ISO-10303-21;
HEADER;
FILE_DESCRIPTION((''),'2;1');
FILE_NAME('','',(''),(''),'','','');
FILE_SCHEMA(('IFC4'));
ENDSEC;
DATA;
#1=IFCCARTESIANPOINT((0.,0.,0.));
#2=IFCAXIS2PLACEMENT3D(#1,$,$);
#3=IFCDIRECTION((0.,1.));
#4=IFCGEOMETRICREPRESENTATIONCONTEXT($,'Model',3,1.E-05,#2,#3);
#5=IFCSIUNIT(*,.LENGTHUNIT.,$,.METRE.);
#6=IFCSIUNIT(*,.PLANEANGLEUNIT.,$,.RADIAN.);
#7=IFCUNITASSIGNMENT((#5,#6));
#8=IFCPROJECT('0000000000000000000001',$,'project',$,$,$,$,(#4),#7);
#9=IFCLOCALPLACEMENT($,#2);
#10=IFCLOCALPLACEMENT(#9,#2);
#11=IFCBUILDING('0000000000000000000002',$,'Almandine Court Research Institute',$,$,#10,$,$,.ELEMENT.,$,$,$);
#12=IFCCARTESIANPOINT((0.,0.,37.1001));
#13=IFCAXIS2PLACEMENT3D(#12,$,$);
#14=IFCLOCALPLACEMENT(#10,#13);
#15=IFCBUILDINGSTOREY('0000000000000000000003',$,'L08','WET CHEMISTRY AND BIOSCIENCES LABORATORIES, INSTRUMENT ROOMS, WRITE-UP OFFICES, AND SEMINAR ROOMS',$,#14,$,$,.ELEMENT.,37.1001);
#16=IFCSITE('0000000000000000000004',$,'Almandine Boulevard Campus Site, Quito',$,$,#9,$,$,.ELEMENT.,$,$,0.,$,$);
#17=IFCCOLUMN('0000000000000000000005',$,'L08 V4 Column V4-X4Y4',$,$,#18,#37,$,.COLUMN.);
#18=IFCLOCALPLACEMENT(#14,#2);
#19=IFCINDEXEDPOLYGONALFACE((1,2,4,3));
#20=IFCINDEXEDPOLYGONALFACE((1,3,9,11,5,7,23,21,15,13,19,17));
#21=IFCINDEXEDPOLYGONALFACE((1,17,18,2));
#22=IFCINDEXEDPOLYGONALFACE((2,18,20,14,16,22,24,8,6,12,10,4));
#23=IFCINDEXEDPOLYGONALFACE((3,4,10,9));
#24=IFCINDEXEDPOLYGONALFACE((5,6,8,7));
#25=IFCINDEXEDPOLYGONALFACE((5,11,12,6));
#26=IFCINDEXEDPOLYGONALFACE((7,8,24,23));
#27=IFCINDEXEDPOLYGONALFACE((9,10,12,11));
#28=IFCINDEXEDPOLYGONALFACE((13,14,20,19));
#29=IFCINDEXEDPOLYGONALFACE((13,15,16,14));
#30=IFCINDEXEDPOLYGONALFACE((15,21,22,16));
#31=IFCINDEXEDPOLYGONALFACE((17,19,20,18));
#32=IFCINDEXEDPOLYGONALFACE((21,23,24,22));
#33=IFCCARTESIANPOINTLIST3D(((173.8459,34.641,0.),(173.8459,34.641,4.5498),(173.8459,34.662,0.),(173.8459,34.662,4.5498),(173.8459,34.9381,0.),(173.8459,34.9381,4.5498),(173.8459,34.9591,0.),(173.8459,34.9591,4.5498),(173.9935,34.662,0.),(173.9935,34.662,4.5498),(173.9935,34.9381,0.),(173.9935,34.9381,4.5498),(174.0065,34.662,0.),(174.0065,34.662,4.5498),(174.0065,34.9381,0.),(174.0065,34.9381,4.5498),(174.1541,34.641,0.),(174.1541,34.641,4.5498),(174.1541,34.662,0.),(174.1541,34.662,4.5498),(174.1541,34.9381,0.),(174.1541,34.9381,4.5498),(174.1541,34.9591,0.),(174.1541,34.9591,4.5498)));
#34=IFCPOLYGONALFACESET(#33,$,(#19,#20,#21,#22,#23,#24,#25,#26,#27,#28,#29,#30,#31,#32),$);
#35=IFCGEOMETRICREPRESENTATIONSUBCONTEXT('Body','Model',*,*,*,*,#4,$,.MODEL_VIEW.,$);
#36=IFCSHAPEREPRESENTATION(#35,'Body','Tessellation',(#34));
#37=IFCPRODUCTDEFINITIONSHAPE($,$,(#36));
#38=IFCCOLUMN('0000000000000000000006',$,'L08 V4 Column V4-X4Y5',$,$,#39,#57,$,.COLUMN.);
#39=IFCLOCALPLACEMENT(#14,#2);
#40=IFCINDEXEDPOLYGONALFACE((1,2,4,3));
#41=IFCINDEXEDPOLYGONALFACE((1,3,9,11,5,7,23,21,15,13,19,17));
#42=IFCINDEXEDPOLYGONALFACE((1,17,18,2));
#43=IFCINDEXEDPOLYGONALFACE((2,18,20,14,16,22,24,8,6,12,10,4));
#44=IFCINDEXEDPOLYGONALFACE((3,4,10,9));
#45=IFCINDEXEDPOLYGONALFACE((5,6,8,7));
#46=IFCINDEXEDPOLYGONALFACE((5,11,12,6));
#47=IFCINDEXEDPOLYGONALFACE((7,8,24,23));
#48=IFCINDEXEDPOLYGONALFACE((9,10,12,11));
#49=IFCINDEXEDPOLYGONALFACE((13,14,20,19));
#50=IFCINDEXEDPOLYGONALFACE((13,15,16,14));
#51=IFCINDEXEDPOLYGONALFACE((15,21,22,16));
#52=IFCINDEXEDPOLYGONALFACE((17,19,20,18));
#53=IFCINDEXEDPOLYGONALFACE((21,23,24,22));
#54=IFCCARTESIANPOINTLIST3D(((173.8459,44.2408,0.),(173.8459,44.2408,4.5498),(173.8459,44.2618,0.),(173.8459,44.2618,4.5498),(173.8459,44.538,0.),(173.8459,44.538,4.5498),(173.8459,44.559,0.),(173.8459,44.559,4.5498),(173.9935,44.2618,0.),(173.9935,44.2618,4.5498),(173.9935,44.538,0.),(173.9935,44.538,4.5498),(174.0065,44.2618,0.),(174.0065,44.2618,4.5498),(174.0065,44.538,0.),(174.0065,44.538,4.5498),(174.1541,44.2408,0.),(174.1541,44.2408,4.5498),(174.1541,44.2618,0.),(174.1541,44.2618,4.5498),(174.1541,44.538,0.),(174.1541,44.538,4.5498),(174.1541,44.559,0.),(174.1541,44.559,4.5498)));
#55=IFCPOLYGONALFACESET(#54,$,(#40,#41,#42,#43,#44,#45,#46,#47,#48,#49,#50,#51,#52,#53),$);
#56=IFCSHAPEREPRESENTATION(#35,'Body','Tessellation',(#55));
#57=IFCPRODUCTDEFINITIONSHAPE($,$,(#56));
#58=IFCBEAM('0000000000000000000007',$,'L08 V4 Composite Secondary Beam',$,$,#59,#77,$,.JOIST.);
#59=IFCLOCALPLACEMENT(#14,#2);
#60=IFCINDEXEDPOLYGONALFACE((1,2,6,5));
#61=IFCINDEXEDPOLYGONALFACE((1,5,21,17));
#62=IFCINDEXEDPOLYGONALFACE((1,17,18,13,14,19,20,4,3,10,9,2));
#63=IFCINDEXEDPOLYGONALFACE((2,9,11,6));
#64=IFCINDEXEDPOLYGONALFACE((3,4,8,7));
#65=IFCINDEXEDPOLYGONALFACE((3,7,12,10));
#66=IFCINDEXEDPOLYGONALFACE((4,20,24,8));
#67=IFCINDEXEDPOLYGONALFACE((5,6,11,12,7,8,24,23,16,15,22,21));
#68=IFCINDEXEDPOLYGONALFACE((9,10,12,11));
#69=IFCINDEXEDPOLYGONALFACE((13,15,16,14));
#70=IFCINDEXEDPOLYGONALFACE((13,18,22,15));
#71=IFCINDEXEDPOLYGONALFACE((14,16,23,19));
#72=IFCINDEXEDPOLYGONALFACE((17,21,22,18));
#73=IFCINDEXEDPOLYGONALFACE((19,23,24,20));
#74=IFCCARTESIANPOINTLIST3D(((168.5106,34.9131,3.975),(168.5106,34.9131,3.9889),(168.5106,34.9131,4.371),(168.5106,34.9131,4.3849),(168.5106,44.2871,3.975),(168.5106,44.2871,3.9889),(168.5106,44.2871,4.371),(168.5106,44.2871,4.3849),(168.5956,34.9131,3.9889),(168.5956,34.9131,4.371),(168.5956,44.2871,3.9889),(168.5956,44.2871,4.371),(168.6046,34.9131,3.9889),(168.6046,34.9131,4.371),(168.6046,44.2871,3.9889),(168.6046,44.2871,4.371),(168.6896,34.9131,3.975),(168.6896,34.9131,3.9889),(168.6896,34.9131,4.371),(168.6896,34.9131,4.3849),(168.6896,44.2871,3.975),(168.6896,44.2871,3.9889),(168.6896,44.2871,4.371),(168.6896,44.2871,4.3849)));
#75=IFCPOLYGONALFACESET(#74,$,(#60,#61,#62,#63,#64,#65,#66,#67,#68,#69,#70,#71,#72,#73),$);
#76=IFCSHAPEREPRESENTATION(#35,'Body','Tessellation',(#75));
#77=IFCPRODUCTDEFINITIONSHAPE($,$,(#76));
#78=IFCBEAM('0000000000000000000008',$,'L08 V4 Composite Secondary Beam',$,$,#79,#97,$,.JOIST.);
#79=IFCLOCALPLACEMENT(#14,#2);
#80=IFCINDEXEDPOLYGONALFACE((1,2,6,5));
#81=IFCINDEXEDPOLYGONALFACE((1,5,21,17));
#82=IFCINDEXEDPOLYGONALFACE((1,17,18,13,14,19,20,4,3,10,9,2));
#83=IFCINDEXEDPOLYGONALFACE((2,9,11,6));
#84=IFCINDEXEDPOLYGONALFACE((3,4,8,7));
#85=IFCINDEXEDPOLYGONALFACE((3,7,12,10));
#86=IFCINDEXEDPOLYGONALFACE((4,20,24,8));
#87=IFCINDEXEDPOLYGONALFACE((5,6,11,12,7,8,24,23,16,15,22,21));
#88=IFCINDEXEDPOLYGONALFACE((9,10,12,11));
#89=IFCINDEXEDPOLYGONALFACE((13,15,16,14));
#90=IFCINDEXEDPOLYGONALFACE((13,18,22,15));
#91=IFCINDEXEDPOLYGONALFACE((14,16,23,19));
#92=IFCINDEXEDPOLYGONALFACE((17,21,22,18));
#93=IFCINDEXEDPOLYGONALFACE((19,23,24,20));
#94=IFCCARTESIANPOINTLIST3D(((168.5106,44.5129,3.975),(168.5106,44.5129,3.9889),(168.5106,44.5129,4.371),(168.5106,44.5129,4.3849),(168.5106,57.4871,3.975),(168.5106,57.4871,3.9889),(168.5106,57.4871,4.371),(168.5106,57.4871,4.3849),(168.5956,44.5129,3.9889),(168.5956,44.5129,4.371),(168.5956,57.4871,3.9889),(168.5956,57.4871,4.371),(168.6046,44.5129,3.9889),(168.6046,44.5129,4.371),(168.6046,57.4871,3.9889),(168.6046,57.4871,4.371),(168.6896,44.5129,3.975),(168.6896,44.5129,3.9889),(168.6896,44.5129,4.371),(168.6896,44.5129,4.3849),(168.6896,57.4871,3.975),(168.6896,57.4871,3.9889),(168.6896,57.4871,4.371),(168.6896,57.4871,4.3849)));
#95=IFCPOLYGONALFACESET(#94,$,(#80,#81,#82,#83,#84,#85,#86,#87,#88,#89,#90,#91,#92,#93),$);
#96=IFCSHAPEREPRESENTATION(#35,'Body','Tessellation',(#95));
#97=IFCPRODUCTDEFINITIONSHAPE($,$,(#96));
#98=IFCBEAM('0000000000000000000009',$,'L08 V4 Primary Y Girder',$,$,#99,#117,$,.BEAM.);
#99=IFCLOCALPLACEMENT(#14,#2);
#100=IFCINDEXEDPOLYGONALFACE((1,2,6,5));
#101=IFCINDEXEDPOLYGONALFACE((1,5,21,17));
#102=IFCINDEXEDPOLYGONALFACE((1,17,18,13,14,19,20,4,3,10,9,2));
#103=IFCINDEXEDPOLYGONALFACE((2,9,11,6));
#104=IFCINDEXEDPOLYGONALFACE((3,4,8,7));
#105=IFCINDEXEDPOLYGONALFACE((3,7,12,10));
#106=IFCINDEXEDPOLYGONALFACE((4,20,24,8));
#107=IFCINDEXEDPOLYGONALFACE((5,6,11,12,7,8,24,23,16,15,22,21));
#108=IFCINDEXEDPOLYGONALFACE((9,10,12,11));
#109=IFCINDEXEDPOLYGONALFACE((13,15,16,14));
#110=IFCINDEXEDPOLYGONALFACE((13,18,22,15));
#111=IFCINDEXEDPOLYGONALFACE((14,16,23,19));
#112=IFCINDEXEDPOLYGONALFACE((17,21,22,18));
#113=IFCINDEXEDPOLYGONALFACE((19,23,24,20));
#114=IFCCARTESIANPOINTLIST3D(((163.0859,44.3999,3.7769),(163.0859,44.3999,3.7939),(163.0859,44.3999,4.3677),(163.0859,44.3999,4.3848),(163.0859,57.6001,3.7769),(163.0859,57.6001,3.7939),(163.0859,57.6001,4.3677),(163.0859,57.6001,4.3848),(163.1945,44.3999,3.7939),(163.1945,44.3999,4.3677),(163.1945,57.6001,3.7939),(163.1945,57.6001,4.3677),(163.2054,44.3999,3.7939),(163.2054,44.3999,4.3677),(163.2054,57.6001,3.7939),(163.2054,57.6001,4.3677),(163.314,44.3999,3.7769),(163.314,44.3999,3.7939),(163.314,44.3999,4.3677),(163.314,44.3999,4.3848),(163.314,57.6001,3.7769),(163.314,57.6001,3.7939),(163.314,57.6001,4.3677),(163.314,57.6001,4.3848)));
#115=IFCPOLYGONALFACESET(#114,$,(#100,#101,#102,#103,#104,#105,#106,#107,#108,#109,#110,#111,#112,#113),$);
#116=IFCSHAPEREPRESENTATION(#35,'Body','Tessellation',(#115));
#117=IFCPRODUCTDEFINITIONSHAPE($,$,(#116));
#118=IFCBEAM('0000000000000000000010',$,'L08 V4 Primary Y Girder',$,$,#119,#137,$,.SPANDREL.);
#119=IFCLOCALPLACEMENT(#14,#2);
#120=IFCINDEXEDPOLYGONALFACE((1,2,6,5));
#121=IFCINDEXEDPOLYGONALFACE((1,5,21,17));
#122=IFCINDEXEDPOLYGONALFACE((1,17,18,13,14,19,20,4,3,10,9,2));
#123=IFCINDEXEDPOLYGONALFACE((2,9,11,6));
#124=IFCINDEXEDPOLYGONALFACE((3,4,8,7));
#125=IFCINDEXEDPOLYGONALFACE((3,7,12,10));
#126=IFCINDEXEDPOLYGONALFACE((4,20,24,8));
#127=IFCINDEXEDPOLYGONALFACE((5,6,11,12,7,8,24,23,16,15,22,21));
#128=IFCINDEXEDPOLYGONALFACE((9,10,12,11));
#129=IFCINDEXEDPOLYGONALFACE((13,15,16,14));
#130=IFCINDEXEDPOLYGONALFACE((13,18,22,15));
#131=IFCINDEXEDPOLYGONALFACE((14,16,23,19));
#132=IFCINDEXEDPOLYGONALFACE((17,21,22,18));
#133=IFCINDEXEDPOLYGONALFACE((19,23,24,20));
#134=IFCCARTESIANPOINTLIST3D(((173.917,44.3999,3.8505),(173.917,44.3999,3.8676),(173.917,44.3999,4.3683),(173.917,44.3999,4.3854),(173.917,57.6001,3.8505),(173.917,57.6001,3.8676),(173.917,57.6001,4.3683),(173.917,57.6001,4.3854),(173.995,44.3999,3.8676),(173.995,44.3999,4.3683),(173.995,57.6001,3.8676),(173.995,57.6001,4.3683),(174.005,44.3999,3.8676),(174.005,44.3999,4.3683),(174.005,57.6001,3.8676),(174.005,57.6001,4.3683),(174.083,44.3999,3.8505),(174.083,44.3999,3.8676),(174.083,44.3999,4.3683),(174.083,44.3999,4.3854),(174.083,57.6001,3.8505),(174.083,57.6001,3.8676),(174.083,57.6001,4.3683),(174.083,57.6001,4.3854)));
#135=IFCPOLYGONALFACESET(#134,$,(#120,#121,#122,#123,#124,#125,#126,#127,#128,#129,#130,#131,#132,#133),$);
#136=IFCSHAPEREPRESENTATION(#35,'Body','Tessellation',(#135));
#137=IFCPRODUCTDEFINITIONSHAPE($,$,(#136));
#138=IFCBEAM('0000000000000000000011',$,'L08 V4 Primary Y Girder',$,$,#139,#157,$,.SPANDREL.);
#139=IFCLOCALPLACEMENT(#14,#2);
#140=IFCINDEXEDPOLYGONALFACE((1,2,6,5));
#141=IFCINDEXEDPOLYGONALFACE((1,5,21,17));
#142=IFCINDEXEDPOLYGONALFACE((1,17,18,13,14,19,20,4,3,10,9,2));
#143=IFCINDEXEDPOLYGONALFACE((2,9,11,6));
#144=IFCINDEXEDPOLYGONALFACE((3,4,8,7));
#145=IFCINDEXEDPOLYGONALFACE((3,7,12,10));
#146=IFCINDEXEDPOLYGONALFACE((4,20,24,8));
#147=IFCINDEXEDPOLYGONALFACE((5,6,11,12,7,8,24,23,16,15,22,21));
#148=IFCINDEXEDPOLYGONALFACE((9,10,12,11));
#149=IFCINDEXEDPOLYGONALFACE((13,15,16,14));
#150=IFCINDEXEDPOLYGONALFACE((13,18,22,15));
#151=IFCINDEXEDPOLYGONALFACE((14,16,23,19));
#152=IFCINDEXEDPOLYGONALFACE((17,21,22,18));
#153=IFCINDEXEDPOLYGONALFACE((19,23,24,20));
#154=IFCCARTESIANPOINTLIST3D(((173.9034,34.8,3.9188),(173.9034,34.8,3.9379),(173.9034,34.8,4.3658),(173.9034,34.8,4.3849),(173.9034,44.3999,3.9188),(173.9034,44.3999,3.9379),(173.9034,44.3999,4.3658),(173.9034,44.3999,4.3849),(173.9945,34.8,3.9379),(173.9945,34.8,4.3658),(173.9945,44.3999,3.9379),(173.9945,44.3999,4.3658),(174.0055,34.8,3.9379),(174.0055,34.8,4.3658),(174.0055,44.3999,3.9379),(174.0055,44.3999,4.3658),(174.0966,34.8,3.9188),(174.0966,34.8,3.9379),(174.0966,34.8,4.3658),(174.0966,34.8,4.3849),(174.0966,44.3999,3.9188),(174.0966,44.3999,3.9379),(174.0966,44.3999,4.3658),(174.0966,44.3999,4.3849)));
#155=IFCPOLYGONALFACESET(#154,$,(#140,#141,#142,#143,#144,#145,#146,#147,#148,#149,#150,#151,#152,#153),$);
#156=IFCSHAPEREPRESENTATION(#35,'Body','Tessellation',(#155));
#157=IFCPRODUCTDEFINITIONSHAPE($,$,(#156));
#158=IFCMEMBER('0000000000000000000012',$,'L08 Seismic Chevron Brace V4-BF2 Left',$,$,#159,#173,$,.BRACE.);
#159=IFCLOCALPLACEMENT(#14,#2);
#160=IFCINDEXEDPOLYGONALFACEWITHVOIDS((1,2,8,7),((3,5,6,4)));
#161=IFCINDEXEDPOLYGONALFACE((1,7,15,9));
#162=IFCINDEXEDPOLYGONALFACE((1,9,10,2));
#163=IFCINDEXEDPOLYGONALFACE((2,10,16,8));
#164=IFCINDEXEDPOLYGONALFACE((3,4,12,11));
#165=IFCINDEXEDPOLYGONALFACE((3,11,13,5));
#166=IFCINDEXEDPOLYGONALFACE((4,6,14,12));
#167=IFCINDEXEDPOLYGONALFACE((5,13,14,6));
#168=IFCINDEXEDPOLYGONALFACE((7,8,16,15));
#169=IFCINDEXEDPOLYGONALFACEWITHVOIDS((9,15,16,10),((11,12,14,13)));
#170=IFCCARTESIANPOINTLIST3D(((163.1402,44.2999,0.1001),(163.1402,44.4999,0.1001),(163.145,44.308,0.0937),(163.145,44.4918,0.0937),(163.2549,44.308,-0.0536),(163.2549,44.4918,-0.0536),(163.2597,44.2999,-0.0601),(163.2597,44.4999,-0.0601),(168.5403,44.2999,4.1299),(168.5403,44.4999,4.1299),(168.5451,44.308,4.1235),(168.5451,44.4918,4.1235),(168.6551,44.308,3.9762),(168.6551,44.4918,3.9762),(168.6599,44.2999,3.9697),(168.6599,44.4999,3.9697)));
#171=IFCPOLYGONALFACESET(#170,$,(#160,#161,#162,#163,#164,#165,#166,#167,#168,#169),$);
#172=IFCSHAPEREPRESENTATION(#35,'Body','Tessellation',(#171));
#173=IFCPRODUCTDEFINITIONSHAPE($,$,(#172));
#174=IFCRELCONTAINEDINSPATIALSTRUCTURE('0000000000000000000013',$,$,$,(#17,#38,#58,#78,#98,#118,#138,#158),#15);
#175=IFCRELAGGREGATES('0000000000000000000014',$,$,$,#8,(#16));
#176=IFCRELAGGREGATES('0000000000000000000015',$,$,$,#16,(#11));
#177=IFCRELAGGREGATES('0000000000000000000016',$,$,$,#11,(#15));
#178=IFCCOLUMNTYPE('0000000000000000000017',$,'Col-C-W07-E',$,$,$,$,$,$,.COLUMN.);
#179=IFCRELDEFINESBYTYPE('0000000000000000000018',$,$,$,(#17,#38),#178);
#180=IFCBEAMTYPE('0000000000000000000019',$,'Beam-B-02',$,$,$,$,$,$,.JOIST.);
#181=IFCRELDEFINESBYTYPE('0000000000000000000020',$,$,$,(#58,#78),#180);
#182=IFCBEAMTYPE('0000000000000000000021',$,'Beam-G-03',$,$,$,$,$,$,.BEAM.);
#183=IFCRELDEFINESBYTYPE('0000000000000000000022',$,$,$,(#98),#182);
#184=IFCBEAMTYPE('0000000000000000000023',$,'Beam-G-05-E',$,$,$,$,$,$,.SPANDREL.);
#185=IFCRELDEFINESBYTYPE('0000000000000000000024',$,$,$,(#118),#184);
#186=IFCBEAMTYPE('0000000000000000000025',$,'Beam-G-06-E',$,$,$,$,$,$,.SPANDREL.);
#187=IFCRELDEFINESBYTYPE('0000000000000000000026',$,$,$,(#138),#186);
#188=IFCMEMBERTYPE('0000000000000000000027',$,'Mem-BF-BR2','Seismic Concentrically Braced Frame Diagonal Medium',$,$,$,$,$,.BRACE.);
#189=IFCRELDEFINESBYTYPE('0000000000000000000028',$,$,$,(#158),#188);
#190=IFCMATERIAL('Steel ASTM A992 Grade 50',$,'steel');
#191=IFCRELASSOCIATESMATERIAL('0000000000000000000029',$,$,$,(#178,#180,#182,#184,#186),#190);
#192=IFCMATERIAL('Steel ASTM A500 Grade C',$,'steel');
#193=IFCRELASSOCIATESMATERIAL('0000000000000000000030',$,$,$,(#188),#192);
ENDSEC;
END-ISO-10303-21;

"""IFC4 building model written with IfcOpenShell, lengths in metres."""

from ifc_helpers import new_model, si_unit, direction, frame, origin, origin_2d, place, context, subcontext, project, spatial, hollow_rectangle, i_section, extrude, material, material_profile, profile_set, type_object, element, save


model = new_model("IFC4")

# Units and contexts
model_context = context("Model", 3, precision=1e-05, world=origin(), true_north=direction((0.0, 1.0)))
body_context = subcontext(model_context, "Body", "Model", "MODEL_VIEW")
ifc_project = project(units=[si_unit("LENGTHUNIT", "METRE"), si_unit("PLANEANGLEUNIT", "RADIAN")], contexts=[model_context])

# Site, building, storey
site_placement = place(None, origin())
site = spatial("IfcSite", under=ifc_project, at=site_placement, Name="Almandine Boulevard Campus Site, Quito", CompositionType="ELEMENT", RefElevation=0.0)
building_placement = place(site_placement, origin())
building = spatial("IfcBuilding", under=site, at=building_placement, Name="Almandine Court Research Institute", CompositionType="ELEMENT")
storey_placement = place(building_placement, frame((0.0, 0.0, 37.1001)))
storey = spatial("IfcBuildingStorey", under=building, at=storey_placement, Name="L08", Description="WET CHEMISTRY AND BIOSCIENCES LABORATORIES, INSTRUMENT ROOMS, WRITE-UP OFFICES, AND SEMINAR ROOMS", CompositionType="ELEMENT", Elevation=37.1001)

# Columns
ifc_material_1 = material(Name="Steel ASTM A992 Grade 50", Category="steel")
ifc_material_profile_1 = material_profile(ifc_material_1, i_section(OverallWidth=0.3081, OverallDepth=0.3181, WebThickness=0.0129, FlangeThickness=0.021, at=origin_2d()), Name="W310x129")
ifc_profile_set_1 = profile_set([ifc_material_profile_1], Name="Steel ASTM A992 Grade 50")
column_type = type_object("IfcColumnType", Name="Col-C-W07-E", PredefinedType="COLUMN", material=ifc_profile_set_1)
for number, where, z_axis, x_axis, name in (
    (1, (174.0, 34.8, 0.0), (0.0, 0.0, 1.0), (1.0, 0.0, 0.0), "L08 V4 Column V4-X4Y4"),
    (2, (174.0, 44.3999, 0.0), (0.0, 0.0, 1.0), (1.0, 0.0, 0.0), "L08 V4 Column V4-X4Y5"),
):
    element("IfcColumn", number, at=place(storey_placement, frame(where, z_axis=z_axis, x_axis=x_axis)), inside=storey, type_object=column_type, Name=name, PredefinedType="COLUMN", context=body_context, shape_type="SweptSolid", body=[
        extrude(i_section(OverallWidth=0.3081, OverallDepth=0.3181, WebThickness=0.0129, FlangeThickness=0.021, at=origin_2d()), origin(), (0.0, 0.0, 1.0), 4.5498),
    ])

# Beams
ifc_material_profile_2 = material_profile(ifc_material_1, i_section(OverallWidth=0.179, OverallDepth=0.4099, WebThickness=0.009, FlangeThickness=0.0139, at=origin_2d()), Name="W410x67")
ifc_profile_set_2 = profile_set([ifc_material_profile_2], Name="Steel ASTM A992 Grade 50")
beam_type_1 = type_object("IfcBeamType", Name="Beam-B-02", PredefinedType="JOIST", material=ifc_profile_set_2)
beam_1_placement = place(storey_placement, frame((168.6001, 34.9131, 4.1799), z_axis=(0.0, 1.0, 0.0), x_axis=(-1.0, 0.0, 0.0)))
element("IfcBeam", 3, at=beam_1_placement, inside=storey, type_object=beam_type_1, Name="L08 V4 Composite Secondary Beam", PredefinedType="JOIST", context=body_context, shape_type="SweptSolid", body=[
    extrude(i_section(OverallWidth=0.179, OverallDepth=0.4099, WebThickness=0.009, FlangeThickness=0.0139, at=origin_2d()), origin(), (0.0, 0.0, 1.0), 9.374),
])
beam_2_placement = place(storey_placement, frame((168.6001, 44.5129, 4.1799), z_axis=(0.0, 1.0, 0.0), x_axis=(-1.0, 0.0, 0.0)))
element("IfcBeam", 4, at=beam_2_placement, inside=storey, type_object=beam_type_1, Name="L08 V4 Composite Secondary Beam", PredefinedType="JOIST", context=body_context, shape_type="SweptSolid", body=[
    extrude(i_section(OverallWidth=0.179, OverallDepth=0.4099, WebThickness=0.009, FlangeThickness=0.0139, at=origin_2d()), origin(), (0.0, 0.0, 1.0), 12.9741),
])
ifc_material_profile_3 = material_profile(ifc_material_1, i_section(OverallWidth=0.228, OverallDepth=0.6079, WebThickness=0.011, FlangeThickness=0.0171, at=origin_2d()), Name="W610x113")
ifc_profile_set_3 = profile_set([ifc_material_profile_3], Name="Steel ASTM A992 Grade 50")
beam_type_2 = type_object("IfcBeamType", Name="Beam-G-03", PredefinedType="BEAM", material=ifc_profile_set_3)
beam_3_placement = place(storey_placement, frame((163.2, 44.3999, 4.0808), z_axis=(0.0, 1.0, 0.0), x_axis=(-1.0, 0.0, 0.0)))
element("IfcBeam", 5, at=beam_3_placement, inside=storey, type_object=beam_type_2, Name="L08 V4 Primary Y Girder", PredefinedType="BEAM", context=body_context, shape_type="SweptSolid", body=[
    extrude(i_section(OverallWidth=0.228, OverallDepth=0.6079, WebThickness=0.011, FlangeThickness=0.0171, at=origin_2d()), origin(), (0.0, 0.0, 1.0), 13.2002),
])
ifc_material_profile_4 = material_profile(ifc_material_1, i_section(OverallWidth=0.166, OverallDepth=0.5349, WebThickness=0.01, FlangeThickness=0.0171, at=origin_2d()), Name="W530x85")
ifc_profile_set_4 = profile_set([ifc_material_profile_4], Name="Steel ASTM A992 Grade 50")
beam_type_3 = type_object("IfcBeamType", Name="Beam-G-05-E", PredefinedType="SPANDREL", material=ifc_profile_set_4)
beam_4_placement = place(storey_placement, frame((174.0, 44.3999, 4.1179), z_axis=(0.0, 1.0, 0.0), x_axis=(-1.0, 0.0, 0.0)))
element("IfcBeam", 6, at=beam_4_placement, inside=storey, type_object=beam_type_3, Name="L08 V4 Primary Y Girder", PredefinedType="SPANDREL", context=body_context, shape_type="SweptSolid", body=[
    extrude(i_section(OverallWidth=0.166, OverallDepth=0.5349, WebThickness=0.01, FlangeThickness=0.0171, at=origin_2d()), origin(), (0.0, 0.0, 1.0), 13.2002),
])
ifc_material_profile_5 = material_profile(ifc_material_1, i_section(OverallWidth=0.1931, OverallDepth=0.4661, WebThickness=0.011, FlangeThickness=0.019, at=origin_2d()), Name="W460x97")
ifc_profile_set_5 = profile_set([ifc_material_profile_5], Name="Steel ASTM A992 Grade 50")
beam_type_4 = type_object("IfcBeamType", Name="Beam-G-06-E", PredefinedType="SPANDREL", material=ifc_profile_set_5)
beam_5_placement = place(storey_placement, frame((174.0, 34.8, 4.1519), z_axis=(0.0, 1.0, 0.0), x_axis=(-1.0, 0.0, 0.0)))
element("IfcBeam", 7, at=beam_5_placement, inside=storey, type_object=beam_type_4, Name="L08 V4 Primary Y Girder", PredefinedType="SPANDREL", context=body_context, shape_type="SweptSolid", body=[
    extrude(i_section(OverallWidth=0.1931, OverallDepth=0.4661, WebThickness=0.011, FlangeThickness=0.019, at=origin_2d()), origin(), (0.0, 0.0, 1.0), 9.5999),
])

# Member
ifc_material_2 = material(Name="Steel ASTM A500 Grade C", Category="steel")
ifc_material_profile_6 = material_profile(ifc_material_2, hollow_rectangle(XDim=0.2, YDim=0.2, WallThickness=0.0081, at=origin_2d()), Name="HSS 200x200x8")
ifc_profile_set_6 = profile_set([ifc_material_profile_6], Name="Steel ASTM A500 Grade C")
member_type = type_object("IfcMemberType", Name="Mem-BF-BR2", Description="Seismic Concentrically Braced Frame Diagonal Medium", PredefinedType="BRACE", material=ifc_profile_set_6)
member_1_placement = place(storey_placement, frame((163.2, 44.3999, 0.02), z_axis=(0.801446, 0.0, 0.598068), x_axis=(0.0, 1.0, 0.0)))
element("IfcMember", 8, at=member_1_placement, inside=storey, type_object=member_type, Name="L08 Seismic Chevron Brace V4-BF2 Left", PredefinedType="BRACE", context=body_context, shape_type="SweptSolid", body=[
    extrude(hollow_rectangle(XDim=0.2, YDim=0.2, WallThickness=0.0081, at=origin_2d()), origin(), (0.0, 0.0, 1.0), 6.738),
])

save(model, "model.ifc")
